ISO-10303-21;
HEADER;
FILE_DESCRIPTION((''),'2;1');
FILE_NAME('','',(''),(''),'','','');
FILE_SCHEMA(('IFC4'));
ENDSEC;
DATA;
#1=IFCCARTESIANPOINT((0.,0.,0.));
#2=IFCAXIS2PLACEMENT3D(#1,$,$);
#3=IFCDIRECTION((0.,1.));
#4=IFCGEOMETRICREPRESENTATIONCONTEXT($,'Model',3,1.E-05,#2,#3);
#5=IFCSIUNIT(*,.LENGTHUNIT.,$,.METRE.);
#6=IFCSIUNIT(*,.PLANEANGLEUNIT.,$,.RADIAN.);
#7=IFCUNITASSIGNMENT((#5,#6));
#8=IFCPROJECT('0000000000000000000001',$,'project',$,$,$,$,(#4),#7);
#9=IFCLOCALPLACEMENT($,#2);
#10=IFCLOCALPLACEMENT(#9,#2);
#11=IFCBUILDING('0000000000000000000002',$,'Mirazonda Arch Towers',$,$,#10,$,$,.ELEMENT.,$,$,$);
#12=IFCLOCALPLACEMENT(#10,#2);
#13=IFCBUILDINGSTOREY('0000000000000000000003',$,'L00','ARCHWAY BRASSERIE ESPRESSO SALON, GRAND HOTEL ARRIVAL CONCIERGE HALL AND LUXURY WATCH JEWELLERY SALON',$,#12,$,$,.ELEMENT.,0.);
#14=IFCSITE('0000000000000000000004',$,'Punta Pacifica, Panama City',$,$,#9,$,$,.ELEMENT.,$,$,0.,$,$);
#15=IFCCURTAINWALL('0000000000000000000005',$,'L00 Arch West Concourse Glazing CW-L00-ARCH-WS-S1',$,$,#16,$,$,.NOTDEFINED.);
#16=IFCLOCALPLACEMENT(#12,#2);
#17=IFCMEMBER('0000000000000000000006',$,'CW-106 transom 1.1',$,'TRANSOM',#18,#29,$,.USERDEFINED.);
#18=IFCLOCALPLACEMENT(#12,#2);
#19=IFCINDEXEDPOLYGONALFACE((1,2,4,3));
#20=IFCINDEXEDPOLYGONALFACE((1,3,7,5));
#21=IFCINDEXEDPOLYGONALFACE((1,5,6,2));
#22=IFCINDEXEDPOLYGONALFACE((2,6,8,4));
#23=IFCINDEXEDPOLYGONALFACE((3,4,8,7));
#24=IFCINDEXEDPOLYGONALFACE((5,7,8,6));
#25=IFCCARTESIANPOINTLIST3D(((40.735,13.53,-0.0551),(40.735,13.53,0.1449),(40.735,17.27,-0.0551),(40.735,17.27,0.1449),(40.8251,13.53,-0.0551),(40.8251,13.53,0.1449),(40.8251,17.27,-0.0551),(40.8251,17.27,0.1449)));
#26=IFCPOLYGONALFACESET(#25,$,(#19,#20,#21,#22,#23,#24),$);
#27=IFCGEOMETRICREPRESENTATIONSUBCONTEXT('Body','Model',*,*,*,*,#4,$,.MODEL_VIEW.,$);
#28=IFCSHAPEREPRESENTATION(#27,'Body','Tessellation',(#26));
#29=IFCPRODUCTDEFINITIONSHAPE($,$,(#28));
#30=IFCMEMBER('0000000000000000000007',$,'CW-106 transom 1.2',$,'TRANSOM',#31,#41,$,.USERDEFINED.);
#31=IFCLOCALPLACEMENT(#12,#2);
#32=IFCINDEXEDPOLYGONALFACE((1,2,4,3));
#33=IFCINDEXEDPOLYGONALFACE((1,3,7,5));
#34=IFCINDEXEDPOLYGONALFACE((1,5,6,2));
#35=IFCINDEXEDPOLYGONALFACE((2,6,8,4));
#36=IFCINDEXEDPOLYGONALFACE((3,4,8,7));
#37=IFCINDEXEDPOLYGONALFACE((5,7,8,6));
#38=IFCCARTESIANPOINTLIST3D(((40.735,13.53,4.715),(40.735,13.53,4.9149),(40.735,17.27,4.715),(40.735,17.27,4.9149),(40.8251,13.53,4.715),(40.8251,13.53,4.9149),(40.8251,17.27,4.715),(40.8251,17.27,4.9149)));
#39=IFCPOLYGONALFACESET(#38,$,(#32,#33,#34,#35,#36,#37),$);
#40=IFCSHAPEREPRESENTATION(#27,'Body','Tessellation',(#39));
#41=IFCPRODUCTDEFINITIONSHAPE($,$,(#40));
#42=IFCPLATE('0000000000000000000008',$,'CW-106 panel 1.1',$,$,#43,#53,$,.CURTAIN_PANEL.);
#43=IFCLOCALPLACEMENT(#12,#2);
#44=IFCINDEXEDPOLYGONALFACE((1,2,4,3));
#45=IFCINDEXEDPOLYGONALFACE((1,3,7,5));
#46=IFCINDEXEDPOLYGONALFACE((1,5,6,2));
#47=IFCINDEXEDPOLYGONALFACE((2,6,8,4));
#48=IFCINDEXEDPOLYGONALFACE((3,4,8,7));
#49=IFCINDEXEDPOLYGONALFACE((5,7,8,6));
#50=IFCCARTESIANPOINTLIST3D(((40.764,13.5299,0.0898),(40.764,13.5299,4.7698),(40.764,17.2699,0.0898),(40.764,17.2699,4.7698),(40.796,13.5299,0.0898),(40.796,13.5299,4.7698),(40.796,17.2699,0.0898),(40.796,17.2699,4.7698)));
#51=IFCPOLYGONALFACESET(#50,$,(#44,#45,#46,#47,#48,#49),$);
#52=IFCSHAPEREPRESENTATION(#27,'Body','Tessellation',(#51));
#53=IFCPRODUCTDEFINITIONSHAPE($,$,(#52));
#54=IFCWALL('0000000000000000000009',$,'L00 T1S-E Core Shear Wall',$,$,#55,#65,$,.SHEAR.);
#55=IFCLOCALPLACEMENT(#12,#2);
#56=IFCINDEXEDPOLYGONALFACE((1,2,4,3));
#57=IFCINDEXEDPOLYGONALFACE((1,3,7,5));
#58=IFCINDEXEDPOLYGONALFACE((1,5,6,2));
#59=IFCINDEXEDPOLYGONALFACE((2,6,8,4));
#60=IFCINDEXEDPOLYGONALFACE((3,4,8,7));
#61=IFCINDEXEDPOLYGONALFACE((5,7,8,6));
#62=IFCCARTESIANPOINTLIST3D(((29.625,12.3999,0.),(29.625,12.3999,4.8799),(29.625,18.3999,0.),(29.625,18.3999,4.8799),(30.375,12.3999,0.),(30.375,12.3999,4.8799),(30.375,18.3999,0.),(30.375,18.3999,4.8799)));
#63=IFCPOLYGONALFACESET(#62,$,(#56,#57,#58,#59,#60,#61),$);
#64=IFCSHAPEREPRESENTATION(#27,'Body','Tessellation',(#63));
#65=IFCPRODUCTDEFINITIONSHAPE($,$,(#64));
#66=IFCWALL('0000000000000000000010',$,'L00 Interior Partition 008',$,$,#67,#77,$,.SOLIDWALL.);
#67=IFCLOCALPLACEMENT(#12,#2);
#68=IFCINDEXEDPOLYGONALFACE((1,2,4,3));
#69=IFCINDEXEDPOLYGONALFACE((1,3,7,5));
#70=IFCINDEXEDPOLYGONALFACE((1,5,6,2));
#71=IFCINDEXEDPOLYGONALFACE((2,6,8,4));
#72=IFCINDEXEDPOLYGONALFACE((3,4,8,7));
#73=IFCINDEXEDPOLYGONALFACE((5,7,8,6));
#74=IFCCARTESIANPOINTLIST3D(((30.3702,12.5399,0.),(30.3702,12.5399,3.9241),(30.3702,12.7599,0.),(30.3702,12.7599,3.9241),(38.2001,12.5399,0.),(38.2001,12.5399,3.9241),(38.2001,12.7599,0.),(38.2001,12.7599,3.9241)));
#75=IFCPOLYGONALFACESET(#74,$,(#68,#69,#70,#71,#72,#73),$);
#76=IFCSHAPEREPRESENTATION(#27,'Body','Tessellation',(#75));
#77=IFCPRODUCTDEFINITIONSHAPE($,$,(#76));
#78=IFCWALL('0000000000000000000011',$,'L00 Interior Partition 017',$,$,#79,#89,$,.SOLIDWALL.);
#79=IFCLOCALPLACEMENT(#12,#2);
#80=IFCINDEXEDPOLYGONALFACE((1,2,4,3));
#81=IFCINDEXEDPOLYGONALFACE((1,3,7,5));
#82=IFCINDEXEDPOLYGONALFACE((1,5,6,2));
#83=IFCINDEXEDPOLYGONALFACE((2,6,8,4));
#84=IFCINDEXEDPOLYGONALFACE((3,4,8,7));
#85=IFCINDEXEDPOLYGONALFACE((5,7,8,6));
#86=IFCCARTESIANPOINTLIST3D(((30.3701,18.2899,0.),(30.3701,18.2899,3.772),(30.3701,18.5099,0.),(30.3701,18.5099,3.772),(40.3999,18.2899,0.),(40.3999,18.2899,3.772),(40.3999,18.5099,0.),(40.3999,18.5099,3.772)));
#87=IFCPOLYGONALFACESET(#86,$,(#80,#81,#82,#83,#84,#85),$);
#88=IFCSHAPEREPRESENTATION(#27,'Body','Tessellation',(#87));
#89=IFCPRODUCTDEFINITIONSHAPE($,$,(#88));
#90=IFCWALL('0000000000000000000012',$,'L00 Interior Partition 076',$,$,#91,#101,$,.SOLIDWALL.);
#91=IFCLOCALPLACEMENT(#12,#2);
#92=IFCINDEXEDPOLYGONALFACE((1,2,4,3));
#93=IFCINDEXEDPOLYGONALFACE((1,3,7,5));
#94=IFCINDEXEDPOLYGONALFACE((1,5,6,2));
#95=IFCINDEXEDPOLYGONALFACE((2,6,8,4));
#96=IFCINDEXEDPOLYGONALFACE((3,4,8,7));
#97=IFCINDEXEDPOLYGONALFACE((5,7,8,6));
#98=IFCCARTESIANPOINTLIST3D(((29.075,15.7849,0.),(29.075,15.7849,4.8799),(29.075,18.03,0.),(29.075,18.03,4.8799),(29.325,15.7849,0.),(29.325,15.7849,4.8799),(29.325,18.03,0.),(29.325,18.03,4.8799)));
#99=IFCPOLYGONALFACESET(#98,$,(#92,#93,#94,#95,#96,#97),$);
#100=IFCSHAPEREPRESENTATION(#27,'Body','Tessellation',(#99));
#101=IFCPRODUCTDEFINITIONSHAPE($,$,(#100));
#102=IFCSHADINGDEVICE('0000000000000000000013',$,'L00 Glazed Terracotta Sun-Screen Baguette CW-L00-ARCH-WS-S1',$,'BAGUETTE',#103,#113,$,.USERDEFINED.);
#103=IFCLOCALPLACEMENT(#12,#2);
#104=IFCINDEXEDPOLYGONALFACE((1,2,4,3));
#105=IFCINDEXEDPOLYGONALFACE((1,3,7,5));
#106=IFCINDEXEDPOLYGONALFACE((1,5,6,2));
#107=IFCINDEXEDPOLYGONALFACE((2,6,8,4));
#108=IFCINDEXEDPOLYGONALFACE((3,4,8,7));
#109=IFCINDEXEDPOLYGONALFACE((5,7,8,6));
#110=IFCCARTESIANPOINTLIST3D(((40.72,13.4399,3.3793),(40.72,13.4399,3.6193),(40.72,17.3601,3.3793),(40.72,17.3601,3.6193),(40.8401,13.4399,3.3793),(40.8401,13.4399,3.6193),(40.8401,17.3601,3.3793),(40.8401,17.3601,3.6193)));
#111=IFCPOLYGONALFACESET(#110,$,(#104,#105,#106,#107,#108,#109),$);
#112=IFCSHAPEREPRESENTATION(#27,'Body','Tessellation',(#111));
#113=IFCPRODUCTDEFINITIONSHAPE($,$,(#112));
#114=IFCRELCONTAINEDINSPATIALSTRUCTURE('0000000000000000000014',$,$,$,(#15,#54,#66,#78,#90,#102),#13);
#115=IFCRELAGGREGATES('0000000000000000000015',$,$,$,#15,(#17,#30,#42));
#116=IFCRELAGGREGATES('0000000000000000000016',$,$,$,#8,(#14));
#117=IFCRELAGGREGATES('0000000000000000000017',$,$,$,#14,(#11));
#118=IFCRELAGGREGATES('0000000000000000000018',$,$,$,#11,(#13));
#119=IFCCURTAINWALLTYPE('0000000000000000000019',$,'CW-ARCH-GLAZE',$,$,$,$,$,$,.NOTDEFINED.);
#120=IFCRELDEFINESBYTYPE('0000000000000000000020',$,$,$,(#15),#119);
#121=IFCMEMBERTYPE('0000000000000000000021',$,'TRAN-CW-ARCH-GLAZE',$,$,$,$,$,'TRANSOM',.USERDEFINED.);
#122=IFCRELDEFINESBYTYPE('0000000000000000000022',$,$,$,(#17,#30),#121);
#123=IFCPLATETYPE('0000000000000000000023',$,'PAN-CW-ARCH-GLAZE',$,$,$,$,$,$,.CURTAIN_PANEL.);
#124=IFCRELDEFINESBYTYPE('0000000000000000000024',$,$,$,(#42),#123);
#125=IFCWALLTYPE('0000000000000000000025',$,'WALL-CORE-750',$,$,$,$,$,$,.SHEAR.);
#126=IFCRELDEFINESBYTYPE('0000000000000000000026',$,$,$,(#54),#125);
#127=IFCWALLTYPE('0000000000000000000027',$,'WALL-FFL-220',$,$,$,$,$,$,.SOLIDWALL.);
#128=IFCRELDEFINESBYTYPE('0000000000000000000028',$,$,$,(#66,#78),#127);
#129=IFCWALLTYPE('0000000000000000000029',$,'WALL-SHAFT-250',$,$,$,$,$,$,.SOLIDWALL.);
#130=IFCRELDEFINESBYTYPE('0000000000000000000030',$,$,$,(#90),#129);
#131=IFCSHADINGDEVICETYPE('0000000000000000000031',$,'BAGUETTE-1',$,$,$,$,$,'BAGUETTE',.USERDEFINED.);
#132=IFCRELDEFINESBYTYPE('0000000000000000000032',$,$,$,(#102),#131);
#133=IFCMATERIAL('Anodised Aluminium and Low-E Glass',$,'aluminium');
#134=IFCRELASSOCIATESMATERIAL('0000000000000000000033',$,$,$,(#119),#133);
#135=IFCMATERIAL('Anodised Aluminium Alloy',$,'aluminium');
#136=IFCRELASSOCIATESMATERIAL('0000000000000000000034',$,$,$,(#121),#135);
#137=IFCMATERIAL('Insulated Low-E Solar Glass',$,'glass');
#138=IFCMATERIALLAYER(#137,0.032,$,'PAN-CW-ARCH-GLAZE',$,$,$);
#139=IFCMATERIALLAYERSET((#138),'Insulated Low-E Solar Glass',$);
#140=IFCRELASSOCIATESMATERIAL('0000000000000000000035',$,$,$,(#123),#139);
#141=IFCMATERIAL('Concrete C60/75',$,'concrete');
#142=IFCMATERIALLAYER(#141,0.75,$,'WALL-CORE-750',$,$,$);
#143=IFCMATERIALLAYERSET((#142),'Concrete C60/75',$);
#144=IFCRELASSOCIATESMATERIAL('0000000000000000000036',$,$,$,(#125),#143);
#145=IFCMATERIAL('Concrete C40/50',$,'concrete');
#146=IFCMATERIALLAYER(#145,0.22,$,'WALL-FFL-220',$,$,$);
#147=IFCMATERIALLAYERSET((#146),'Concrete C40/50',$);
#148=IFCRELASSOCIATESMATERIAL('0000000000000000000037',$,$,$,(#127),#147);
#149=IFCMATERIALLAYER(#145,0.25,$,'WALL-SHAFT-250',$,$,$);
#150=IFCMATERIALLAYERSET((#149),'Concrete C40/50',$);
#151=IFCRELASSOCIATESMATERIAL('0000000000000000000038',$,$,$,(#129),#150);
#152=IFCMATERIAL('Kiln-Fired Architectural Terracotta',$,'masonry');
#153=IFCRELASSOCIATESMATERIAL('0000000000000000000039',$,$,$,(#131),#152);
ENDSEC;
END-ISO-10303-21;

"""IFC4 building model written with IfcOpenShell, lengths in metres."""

from ifc_helpers import new_model, si_unit, direction, frame, frame_2d, origin, origin_2d, place, context, subcontext, project, spatial, rectangle, extrude, material, layer, layer_set, material_profile, profile_set, type_object, element, aggregate, save


model = new_model("IFC4")

# Units and contexts
model_context = context("Model", 3, precision=1e-05, world=origin(), true_north=direction((0.0, 1.0)))
body_context = subcontext(model_context, "Body", "Model", "MODEL_VIEW")
ifc_project = project(units=[si_unit("LENGTHUNIT", "METRE"), si_unit("PLANEANGLEUNIT", "RADIAN")], contexts=[model_context])

# Site, building, storey
site_placement = place(None, origin())
site = spatial("IfcSite", under=ifc_project, at=site_placement, Name="Punta Pacifica, Panama City", CompositionType="ELEMENT", RefElevation=0.0)
building_placement = place(site_placement, origin())
building = spatial("IfcBuilding", under=site, at=building_placement, Name="Mirazonda Arch Towers", CompositionType="ELEMENT")
storey_placement = place(building_placement, origin())
storey = spatial("IfcBuildingStorey", under=building, at=storey_placement, Name="L00", Description="ARCHWAY BRASSERIE ESPRESSO SALON, GRAND HOTEL ARRIVAL CONCIERGE HALL AND LUXURY WATCH JEWELLERY SALON", CompositionType="ELEMENT", Elevation=0.0)

# Shared definitions
ifc_material_1 = material(Name="Concrete C60/75", Category="concrete")

# Curtain wall, members, plate
ifc_material_2 = material(Name="Anodised Aluminium and Low-E Glass", Category="aluminium")
curtain_wall_type = type_object("IfcCurtainWallType", Name="CW-ARCH-GLAZE", PredefinedType="NOTDEFINED", material=ifc_material_2)
curtain_wall_placement = place(storey_placement, origin())
curtain_wall = element("IfcCurtainWall", 1, at=curtain_wall_placement, inside=storey, type_object=curtain_wall_type, Name="L00 Arch West Concourse Glazing CW-L00-ARCH-WS-S1", PredefinedType="NOTDEFINED")
ifc_material_3 = material(Name="Anodised Aluminium Alloy", Category="aluminium")
ifc_material_profile_1 = material_profile(ifc_material_3, rectangle(XDim=0.0901, YDim=0.2, at=origin_2d()), Name="ALU-TRAN-90x200")
ifc_profile_set_1 = profile_set([ifc_material_profile_1], Name="Anodised Aluminium Alloy")
member_type_1 = type_object("IfcMemberType", Name="TRAN-CW-ARCH-GLAZE", ElementType="TRANSOM", PredefinedType="USERDEFINED", material=ifc_profile_set_1)
member_1_placement = place(storey_placement, frame((40.78, 17.27, 0.0449), z_axis=(0.0, -1.0, 0.0), x_axis=(1.0, 0.0, 0.0)))
member_1 = element("IfcMember", 2, at=member_1_placement, type_object=member_type_1, Name="CW-106 transom 1.1", ObjectType="TRANSOM", PredefinedType="USERDEFINED", context=body_context, shape_type="SweptSolid", body=[
    extrude(rectangle(XDim=0.0901, YDim=0.2, at=origin_2d()), origin(), (0.0, 0.0, 1.0), 3.74),
])
member_2_placement = place(storey_placement, frame((40.78, 17.27, 4.8149), z_axis=(0.0, -1.0, 0.0), x_axis=(1.0, 0.0, 0.0)))
member_2 = element("IfcMember", 3, at=member_2_placement, type_object=member_type_1, Name="CW-106 transom 1.2", ObjectType="TRANSOM", PredefinedType="USERDEFINED", context=body_context, shape_type="SweptSolid", body=[
    extrude(rectangle(XDim=0.0901, YDim=0.2, at=origin_2d()), origin(), (0.0, 0.0, 1.0), 3.74),
])
ifc_material_4 = material(Name="Insulated Low-E Solar Glass", Category="glass")
ifc_layer_1 = layer(ifc_material_4, 0.032, Name="PAN-CW-ARCH-GLAZE")
ifc_layer_set_1 = layer_set([ifc_layer_1], Name="Insulated Low-E Solar Glass")
plate_type = type_object("IfcPlateType", Name="PAN-CW-ARCH-GLAZE", PredefinedType="CURTAIN_PANEL", material=ifc_layer_set_1)
plate_placement = place(storey_placement, frame((40.78, 15.3999, 0.0898), z_axis=(0.0, 0.0, 1.0), x_axis=(0.0, -1.0, 0.0)))
plate = element("IfcPlate", 4, at=plate_placement, type_object=plate_type, Name="CW-106 panel 1.1", PredefinedType="CURTAIN_PANEL", context=body_context, shape_type="SweptSolid", body=[
    extrude(rectangle(XDim=3.74, YDim=0.032, at=origin_2d()), origin(), (0.0, 0.0, 1.0), 4.6799),
])
aggregate(curtain_wall, [member_1, member_2, plate])

# Walls
ifc_layer_2 = layer(ifc_material_1, 0.75, Name="WALL-CORE-750")
ifc_layer_set_2 = layer_set([ifc_layer_2], Name="Concrete C60/75")
wall_type_1 = type_object("IfcWallType", Name="WALL-CORE-750", PredefinedType="SHEAR", material=ifc_layer_set_2)
wall_1_placement = place(storey_placement, frame((30.0, 12.3999, 0.0), z_axis=(0.0, 0.0, 1.0), x_axis=(0.0, 1.0, 0.0)))
element("IfcWall", 5, at=wall_1_placement, inside=storey, type_object=wall_type_1, Name="L00 T1S-E Core Shear Wall", PredefinedType="SHEAR", context=body_context, shape_type="SweptSolid", body=[
    extrude(rectangle(XDim=6.0, YDim=0.75, at=frame_2d((3.0, 0.0))), origin(), (0.0, 0.0, 1.0), 4.8799),
])
ifc_material_5 = material(Name="Concrete C40/50", Category="concrete")
ifc_layer_3 = layer(ifc_material_5, 0.22, Name="WALL-FFL-220")
ifc_layer_set_3 = layer_set([ifc_layer_3], Name="Concrete C40/50")
wall_type_2 = type_object("IfcWallType", Name="WALL-FFL-220", PredefinedType="SOLIDWALL", material=ifc_layer_set_3)
wall_2_placement = place(storey_placement, frame((30.3701, 12.6499, 0.0), z_axis=(0.0, 0.0, 1.0), x_axis=(1.0, 0.0, 0.0)))
element("IfcWall", 6, at=wall_2_placement, inside=storey, type_object=wall_type_2, Name="L00 Interior Partition 008", PredefinedType="SOLIDWALL", context=body_context, shape_type="SweptSolid", body=[
    extrude(rectangle(XDim=7.8298, YDim=0.22, at=frame_2d((3.915, 0.0))), origin(), (0.0, 0.0, 1.0), 3.9241),
])
wall_3_placement = place(storey_placement, frame((30.3701, 18.3999, 0.0), z_axis=(0.0, 0.0, 1.0), x_axis=(1.0, 0.0, 0.0)))
element("IfcWall", 7, at=wall_3_placement, inside=storey, type_object=wall_type_2, Name="L00 Interior Partition 017", PredefinedType="SOLIDWALL", context=body_context, shape_type="SweptSolid", body=[
    extrude(rectangle(XDim=10.0298, YDim=0.22, at=frame_2d((5.0149, 0.0))), origin(), (0.0, 0.0, 1.0), 3.772),
])
ifc_layer_4 = layer(ifc_material_5, 0.25, Name="WALL-SHAFT-250")
ifc_layer_set_4 = layer_set([ifc_layer_4], Name="Concrete C40/50")
wall_type_3 = type_object("IfcWallType", Name="WALL-SHAFT-250", PredefinedType="SOLIDWALL", material=ifc_layer_set_4)
wall_4_placement = place(storey_placement, frame((29.2, 15.7849, 0.0), z_axis=(0.0, 0.0, 1.0), x_axis=(0.0, 1.0, 0.0)))
element("IfcWall", 8, at=wall_4_placement, inside=storey, type_object=wall_type_3, Name="L00 Interior Partition 076", PredefinedType="SOLIDWALL", context=body_context, shape_type="SweptSolid", body=[
    extrude(rectangle(XDim=2.2451, YDim=0.25, at=frame_2d((1.1226, 0.0))), origin(), (0.0, 0.0, 1.0), 4.8799),
])

# Shading device
ifc_material_6 = material(Name="Kiln-Fired Architectural Terracotta", Category="masonry")
ifc_material_profile_2 = material_profile(ifc_material_6, rectangle(XDim=0.1201, YDim=0.24, at=origin_2d()), Name="TERRA-BAG-120x240")
ifc_profile_set_2 = profile_set([ifc_material_profile_2], Name="Kiln-Fired Architectural Terracotta")
shading_device_type = type_object("IfcShadingDeviceType", Name="BAGUETTE-1", ElementType="BAGUETTE", PredefinedType="USERDEFINED", material=ifc_profile_set_2)
shading_device_placement = place(storey_placement, frame((40.78, 17.3601, 3.4993), z_axis=(0.0, -1.0, 0.0), x_axis=(1.0, 0.0, 0.0)))
element("IfcShadingDevice", 9, at=shading_device_placement, inside=storey, type_object=shading_device_type, Name="L00 Glazed Terracotta Sun-Screen Baguette CW-L00-ARCH-WS-S1", ObjectType="BAGUETTE", PredefinedType="USERDEFINED", context=body_context, shape_type="SweptSolid", body=[
    extrude(rectangle(XDim=0.1201, YDim=0.24, at=origin_2d()), origin(), (0.0, 0.0, 1.0), 3.9202),
])

save(model, "model.ifc")
